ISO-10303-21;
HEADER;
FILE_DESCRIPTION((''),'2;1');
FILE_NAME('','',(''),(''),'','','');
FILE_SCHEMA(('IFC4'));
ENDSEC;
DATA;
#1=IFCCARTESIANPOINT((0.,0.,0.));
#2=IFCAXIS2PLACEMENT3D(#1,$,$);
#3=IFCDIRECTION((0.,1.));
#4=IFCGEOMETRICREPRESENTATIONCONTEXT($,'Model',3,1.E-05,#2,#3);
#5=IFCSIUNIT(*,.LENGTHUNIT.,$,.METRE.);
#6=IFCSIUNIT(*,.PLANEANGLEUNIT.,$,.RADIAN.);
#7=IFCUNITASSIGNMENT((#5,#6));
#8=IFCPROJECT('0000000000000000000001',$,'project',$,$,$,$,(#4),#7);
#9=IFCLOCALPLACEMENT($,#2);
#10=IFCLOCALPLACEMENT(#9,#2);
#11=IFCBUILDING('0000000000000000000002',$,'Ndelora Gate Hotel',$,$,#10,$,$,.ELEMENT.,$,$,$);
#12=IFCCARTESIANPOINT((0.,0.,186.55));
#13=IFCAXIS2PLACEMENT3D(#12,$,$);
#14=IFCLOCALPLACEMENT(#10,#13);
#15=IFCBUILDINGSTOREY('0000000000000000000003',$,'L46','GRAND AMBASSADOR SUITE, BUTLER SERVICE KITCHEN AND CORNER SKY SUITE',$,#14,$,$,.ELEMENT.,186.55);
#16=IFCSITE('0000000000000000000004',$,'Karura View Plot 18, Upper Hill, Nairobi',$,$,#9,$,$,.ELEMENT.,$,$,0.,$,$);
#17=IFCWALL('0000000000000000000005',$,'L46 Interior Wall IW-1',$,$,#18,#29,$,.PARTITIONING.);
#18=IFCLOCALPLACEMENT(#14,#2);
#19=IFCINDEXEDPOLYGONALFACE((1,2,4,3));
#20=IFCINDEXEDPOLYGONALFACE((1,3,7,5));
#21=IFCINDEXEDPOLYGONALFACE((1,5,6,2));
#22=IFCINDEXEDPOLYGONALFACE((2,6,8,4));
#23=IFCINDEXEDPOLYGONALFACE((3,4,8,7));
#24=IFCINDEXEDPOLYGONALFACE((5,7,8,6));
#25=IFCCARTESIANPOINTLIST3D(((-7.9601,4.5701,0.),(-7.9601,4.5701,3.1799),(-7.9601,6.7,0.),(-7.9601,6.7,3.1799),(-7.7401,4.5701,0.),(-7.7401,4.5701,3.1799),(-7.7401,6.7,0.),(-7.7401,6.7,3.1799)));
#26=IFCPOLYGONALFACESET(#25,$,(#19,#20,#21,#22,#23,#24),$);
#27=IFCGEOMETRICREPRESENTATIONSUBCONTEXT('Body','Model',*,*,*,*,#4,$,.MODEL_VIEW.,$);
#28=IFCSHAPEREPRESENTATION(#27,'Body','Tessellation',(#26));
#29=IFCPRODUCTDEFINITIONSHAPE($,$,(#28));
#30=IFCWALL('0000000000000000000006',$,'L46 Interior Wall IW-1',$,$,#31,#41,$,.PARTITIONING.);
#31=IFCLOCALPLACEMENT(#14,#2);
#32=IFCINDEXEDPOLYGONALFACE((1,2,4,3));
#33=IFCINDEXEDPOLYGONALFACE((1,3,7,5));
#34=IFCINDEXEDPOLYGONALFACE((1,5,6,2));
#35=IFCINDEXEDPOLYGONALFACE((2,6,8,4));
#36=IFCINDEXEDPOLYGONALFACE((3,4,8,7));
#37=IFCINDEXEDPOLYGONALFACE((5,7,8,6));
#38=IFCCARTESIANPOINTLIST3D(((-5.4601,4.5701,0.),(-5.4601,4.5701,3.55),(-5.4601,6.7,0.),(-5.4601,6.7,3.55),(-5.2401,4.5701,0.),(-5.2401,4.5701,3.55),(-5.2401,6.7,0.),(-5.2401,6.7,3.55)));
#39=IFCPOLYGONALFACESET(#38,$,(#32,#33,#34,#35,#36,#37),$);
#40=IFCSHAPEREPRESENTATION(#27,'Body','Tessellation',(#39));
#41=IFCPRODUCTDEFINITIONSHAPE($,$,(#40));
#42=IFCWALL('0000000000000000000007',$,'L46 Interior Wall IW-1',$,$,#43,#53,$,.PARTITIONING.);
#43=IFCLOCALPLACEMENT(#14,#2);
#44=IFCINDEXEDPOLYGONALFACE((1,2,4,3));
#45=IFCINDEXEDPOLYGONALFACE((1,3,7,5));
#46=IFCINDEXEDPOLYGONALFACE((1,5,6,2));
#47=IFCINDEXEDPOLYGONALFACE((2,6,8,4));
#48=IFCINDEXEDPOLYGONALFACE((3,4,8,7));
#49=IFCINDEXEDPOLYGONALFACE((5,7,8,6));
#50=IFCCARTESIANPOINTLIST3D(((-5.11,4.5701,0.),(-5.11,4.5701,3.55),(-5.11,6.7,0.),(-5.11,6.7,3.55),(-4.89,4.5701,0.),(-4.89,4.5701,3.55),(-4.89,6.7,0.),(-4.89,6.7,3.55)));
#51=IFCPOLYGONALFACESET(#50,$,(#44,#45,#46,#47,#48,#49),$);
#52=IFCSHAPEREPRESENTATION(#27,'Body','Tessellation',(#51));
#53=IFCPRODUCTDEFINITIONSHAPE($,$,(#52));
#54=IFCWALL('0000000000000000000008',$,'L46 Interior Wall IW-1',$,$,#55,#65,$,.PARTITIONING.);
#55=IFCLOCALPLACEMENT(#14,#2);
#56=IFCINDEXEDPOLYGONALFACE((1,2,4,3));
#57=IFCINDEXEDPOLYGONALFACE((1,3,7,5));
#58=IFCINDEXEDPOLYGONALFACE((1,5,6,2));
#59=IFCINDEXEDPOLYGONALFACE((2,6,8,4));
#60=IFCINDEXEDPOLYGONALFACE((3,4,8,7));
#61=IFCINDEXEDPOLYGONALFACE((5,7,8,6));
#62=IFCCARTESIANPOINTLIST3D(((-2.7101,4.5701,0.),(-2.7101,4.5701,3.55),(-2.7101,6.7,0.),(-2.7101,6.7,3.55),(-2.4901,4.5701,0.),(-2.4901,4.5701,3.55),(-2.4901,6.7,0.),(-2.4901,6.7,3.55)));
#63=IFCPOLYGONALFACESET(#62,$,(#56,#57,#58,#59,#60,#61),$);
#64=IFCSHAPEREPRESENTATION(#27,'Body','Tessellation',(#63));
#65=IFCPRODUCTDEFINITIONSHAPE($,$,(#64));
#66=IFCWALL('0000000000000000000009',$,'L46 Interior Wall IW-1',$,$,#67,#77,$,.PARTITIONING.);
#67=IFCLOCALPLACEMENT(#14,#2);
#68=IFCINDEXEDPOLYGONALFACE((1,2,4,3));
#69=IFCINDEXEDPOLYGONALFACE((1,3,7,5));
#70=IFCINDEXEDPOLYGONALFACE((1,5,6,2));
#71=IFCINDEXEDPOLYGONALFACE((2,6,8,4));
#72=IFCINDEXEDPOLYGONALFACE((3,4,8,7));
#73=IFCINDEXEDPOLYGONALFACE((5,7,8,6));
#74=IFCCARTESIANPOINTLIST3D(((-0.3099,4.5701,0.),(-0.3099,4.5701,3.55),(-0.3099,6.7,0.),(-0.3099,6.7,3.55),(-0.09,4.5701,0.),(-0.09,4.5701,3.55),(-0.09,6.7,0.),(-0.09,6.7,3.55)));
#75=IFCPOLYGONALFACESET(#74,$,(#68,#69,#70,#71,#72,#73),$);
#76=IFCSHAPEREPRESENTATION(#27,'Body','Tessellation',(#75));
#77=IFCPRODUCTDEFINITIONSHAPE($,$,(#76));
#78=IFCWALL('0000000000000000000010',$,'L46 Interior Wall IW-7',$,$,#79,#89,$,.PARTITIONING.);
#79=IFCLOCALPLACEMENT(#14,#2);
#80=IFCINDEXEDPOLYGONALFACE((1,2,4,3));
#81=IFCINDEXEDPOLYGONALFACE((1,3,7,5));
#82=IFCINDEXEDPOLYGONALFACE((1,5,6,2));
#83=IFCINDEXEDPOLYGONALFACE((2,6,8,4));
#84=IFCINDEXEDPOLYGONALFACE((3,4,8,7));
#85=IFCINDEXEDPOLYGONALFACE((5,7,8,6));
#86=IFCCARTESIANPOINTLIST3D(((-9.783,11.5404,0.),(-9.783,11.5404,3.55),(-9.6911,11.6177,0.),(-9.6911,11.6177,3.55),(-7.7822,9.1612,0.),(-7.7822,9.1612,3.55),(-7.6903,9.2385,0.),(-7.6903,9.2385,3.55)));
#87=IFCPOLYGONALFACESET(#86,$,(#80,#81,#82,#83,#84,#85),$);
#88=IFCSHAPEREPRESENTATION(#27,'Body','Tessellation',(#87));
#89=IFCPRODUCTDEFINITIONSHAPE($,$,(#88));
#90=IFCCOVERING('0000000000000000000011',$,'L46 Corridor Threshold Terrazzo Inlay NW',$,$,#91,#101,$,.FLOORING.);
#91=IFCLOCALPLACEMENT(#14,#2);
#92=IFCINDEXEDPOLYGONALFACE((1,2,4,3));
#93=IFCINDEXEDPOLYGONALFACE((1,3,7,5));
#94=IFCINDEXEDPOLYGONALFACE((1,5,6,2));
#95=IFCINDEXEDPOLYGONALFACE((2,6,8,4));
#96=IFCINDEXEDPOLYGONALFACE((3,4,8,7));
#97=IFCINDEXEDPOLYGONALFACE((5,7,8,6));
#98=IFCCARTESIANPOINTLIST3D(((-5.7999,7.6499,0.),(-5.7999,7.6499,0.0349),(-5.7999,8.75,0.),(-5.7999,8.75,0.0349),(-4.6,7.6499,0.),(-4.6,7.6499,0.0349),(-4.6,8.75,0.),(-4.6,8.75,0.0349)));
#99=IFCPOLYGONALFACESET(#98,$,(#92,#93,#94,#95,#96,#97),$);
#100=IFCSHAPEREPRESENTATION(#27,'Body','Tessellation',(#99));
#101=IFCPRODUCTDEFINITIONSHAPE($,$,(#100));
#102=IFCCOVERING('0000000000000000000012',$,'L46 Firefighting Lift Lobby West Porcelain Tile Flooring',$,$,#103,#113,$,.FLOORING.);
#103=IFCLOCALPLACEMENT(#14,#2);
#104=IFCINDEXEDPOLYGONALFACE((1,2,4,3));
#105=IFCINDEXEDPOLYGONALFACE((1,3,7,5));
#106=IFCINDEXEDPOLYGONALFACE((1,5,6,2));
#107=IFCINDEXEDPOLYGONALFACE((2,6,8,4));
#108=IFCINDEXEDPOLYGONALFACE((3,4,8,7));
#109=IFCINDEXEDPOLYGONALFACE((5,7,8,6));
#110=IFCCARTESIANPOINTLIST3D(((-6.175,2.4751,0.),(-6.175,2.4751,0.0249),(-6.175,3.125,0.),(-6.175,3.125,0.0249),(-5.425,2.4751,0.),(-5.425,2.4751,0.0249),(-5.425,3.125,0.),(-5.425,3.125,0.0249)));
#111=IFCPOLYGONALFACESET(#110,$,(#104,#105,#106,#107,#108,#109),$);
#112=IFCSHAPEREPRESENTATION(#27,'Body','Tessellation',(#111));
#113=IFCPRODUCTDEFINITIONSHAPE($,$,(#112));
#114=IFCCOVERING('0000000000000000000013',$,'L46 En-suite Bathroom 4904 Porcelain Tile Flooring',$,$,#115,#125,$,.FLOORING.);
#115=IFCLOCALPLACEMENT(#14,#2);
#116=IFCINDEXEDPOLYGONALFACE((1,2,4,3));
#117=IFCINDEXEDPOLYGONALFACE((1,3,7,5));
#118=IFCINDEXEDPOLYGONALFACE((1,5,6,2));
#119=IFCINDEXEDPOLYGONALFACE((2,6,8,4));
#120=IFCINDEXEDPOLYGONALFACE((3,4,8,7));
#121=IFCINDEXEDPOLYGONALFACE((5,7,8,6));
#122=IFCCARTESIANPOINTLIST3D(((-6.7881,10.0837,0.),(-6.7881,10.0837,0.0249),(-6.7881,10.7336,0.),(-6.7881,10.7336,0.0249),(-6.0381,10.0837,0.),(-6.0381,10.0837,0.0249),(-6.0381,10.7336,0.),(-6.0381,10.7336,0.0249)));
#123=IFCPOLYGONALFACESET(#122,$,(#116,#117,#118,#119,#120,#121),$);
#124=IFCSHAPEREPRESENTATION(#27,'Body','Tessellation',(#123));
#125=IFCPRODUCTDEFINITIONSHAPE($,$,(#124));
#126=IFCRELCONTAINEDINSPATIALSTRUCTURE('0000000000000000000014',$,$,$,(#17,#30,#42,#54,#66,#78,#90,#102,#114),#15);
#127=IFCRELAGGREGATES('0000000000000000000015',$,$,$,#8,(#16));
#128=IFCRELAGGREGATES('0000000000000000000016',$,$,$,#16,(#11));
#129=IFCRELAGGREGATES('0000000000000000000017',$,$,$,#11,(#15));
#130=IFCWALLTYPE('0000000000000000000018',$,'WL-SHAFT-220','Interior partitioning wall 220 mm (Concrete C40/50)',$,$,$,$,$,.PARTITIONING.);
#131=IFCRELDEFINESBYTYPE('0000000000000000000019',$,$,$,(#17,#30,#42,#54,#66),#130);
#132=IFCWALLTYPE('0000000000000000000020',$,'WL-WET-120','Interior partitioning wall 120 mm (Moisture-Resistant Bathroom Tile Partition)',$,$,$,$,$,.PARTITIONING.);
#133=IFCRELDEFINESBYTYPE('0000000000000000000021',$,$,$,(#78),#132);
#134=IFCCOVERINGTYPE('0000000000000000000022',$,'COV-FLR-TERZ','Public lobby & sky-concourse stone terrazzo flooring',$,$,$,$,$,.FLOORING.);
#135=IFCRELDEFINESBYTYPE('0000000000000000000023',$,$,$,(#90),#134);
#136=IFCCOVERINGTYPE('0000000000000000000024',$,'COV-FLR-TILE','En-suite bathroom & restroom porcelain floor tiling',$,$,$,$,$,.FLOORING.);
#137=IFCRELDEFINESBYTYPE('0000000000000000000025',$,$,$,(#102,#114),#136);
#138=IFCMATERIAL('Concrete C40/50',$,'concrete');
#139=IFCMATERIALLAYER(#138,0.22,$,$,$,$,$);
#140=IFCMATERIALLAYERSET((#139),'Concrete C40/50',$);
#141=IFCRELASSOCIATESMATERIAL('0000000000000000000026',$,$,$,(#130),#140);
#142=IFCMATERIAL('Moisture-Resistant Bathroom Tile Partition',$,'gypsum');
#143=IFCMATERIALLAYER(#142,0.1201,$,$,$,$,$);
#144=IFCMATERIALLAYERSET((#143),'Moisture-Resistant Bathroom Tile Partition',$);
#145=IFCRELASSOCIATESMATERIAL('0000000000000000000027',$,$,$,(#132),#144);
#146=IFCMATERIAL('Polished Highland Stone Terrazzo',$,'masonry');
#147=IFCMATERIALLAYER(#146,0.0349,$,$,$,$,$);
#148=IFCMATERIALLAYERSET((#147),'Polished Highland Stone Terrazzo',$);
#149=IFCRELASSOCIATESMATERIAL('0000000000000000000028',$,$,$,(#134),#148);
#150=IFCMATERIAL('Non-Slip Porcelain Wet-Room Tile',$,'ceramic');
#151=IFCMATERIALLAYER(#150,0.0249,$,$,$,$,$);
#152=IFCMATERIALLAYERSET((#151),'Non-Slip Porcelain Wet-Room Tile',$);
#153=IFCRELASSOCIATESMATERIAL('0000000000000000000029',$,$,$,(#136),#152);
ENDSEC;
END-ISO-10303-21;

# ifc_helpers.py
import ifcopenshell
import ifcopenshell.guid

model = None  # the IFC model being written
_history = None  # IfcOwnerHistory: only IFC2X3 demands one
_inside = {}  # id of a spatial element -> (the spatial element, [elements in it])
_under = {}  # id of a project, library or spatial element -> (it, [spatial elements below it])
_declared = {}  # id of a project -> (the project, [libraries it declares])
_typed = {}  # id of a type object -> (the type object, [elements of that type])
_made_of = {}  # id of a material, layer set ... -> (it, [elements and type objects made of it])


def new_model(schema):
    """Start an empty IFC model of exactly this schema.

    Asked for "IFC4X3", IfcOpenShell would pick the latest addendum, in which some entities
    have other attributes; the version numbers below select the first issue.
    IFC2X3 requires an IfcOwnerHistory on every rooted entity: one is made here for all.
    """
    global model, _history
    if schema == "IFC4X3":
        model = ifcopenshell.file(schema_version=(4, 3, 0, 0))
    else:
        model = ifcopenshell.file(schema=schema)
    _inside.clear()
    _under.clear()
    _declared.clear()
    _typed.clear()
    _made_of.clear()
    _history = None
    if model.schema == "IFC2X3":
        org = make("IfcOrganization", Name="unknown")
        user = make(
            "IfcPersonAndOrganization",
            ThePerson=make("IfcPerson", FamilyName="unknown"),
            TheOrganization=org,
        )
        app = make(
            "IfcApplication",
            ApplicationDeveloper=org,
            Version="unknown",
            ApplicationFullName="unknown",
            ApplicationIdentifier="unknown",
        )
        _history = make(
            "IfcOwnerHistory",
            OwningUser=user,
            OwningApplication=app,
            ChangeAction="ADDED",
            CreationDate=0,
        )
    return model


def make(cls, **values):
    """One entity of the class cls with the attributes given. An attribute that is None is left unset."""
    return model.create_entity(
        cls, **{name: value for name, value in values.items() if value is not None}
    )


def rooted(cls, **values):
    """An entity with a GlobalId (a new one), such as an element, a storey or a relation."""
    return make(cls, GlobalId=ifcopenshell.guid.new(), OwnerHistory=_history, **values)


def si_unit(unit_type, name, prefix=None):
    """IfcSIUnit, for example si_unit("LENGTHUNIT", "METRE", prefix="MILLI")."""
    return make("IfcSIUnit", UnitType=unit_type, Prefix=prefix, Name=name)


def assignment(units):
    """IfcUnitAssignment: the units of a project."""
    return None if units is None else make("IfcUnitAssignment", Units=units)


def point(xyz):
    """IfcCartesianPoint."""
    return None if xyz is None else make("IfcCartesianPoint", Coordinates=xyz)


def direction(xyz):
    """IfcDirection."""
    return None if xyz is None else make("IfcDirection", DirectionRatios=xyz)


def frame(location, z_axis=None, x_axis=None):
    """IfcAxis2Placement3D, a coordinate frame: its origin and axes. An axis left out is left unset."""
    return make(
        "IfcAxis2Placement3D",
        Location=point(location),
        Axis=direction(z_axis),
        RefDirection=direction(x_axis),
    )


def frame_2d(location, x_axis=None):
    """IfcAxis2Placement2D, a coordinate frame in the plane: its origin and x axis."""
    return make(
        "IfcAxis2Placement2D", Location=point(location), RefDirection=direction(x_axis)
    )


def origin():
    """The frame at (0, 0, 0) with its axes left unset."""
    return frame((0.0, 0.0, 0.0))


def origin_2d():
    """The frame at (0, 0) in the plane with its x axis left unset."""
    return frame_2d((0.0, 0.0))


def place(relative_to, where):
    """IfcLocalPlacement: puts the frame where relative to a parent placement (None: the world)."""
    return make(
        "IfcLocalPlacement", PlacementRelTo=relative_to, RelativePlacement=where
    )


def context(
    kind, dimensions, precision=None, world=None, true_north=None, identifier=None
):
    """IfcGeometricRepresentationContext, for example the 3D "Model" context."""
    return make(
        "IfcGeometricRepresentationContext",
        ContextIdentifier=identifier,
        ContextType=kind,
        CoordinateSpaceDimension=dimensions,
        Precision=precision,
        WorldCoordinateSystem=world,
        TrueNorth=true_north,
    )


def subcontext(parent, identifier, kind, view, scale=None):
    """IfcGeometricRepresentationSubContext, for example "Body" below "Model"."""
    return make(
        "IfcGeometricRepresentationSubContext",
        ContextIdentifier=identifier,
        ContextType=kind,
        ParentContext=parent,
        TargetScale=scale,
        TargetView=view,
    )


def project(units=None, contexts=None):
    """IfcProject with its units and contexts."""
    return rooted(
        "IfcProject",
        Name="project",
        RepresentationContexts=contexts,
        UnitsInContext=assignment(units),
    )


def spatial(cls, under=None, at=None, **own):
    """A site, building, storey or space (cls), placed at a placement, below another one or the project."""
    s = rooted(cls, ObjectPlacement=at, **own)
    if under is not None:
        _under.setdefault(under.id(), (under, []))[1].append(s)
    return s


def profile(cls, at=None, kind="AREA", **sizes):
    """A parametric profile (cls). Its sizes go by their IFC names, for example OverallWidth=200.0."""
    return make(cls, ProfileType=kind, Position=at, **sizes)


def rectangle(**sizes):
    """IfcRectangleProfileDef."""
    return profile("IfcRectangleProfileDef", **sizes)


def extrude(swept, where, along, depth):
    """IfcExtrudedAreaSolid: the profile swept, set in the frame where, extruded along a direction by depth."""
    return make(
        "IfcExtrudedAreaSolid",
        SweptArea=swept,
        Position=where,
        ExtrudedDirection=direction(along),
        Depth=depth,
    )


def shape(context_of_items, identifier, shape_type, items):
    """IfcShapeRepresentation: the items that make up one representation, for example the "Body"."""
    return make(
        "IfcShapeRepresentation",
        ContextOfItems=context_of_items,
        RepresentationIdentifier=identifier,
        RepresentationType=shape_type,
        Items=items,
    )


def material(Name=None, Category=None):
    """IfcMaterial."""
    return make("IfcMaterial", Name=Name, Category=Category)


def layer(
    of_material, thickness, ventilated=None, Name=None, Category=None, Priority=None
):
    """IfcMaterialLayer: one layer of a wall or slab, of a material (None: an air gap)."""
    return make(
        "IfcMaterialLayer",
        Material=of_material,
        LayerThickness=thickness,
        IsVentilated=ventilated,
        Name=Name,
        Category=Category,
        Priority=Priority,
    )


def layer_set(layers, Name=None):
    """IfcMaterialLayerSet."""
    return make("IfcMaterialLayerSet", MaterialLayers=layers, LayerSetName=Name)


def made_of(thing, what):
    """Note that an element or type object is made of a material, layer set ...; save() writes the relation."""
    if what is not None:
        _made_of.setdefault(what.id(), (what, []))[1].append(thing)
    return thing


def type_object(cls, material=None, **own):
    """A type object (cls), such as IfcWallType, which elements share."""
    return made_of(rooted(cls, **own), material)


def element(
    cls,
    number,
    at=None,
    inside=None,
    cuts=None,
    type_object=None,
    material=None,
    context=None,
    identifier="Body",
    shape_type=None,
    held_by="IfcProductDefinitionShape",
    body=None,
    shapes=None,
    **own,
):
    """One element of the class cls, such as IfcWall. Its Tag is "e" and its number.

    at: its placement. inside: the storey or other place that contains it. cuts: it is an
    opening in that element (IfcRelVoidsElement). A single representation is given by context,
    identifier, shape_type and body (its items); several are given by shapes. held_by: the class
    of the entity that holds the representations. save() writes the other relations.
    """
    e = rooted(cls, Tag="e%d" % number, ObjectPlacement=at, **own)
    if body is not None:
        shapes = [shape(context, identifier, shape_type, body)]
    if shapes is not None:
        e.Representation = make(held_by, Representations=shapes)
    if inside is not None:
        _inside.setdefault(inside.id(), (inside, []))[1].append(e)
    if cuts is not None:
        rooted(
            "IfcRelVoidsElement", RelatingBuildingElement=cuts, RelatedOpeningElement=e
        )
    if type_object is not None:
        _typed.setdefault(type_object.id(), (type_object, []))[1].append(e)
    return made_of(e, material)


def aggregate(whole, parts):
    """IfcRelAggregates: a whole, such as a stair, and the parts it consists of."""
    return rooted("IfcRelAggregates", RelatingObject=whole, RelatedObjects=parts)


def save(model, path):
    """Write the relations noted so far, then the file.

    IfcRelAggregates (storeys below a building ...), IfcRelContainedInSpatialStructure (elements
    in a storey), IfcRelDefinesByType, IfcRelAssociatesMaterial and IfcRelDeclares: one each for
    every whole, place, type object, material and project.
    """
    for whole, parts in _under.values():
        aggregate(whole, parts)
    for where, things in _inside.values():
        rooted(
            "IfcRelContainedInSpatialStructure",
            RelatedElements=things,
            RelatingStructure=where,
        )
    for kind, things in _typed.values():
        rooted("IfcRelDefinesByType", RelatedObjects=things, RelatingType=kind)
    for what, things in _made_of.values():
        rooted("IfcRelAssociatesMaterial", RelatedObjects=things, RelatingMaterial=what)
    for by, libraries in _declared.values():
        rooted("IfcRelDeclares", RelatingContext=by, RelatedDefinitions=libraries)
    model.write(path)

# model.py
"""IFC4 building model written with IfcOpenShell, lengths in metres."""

from ifc_helpers import new_model, si_unit, direction, frame, frame_2d, origin, origin_2d, place, context, subcontext, project, spatial, rectangle, extrude, material, layer, layer_set, type_object, element, save


model = new_model("IFC4")

# Units and contexts
model_context = context("Model", 3, precision=1e-05, world=origin(), true_north=direction((0.0, 1.0)))
body_context = subcontext(model_context, "Body", "Model", "MODEL_VIEW")
ifc_project = project(units=[si_unit("LENGTHUNIT", "METRE"), si_unit("PLANEANGLEUNIT", "RADIAN")], contexts=[model_context])

# Site, building, storey
site_placement = place(None, origin())
site = spatial("IfcSite", under=ifc_project, at=site_placement, Name="Karura View Plot 18, Upper Hill, Nairobi", CompositionType="ELEMENT", RefElevation=0.0)
building_placement = place(site_placement, origin())
building = spatial("IfcBuilding", under=site, at=building_placement, Name="Ndelora Gate Hotel", CompositionType="ELEMENT")
storey_placement = place(building_placement, frame((0.0, 0.0, 186.55)))
storey = spatial("IfcBuildingStorey", under=building, at=storey_placement, Name="L46", Description="GRAND AMBASSADOR SUITE, BUTLER SERVICE KITCHEN AND CORNER SKY SUITE", CompositionType="ELEMENT", Elevation=186.55)

# Shared definitions
ifc_material_1 = material(Name="Concrete C40/50", Category="concrete")

# Shared definitions
ifc_layer_1 = layer(ifc_material_1, 0.22)
ifc_layer_set_1 = layer_set([ifc_layer_1], Name="Concrete C40/50")
wall_type_1 = type_object("IfcWallType", Name="WL-SHAFT-220", Description="Interior partitioning wall 220 mm (Concrete C40/50)", PredefinedType="PARTITIONING", material=ifc_layer_set_1)

# Walls
wall_1_placement = place(storey_placement, frame((-7.8501, 4.5701, 0.0), z_axis=(0.0, 0.0, 1.0), x_axis=(0.0, 1.0, 0.0)))
element("IfcWall", 1, at=wall_1_placement, inside=storey, type_object=wall_type_1, Name="L46 Interior Wall IW-1", PredefinedType="PARTITIONING", context=body_context, shape_type="SweptSolid", body=[
    extrude(rectangle(XDim=2.1299, YDim=0.22, at=frame_2d((1.0649, 0.0))), origin(), (0.0, 0.0, 1.0), 3.1799),
])
wall_2_placement = place(storey_placement, frame((-5.3501, 4.5701, 0.0), z_axis=(0.0, 0.0, 1.0), x_axis=(0.0, 1.0, 0.0)))
element("IfcWall", 2, at=wall_2_placement, inside=storey, type_object=wall_type_1, Name="L46 Interior Wall IW-1", PredefinedType="PARTITIONING", context=body_context, shape_type="SweptSolid", body=[
    extrude(rectangle(XDim=2.1299, YDim=0.22, at=frame_2d((1.0649, 0.0))), origin(), (0.0, 0.0, 1.0), 3.55),
])

# Walls
for number, where, z_axis, x_axis, name in (
    (3, (-5.0, 4.5701, 0.0), (0.0, 0.0, 1.0), (0.0, 1.0, 0.0), "L46 Interior Wall IW-1"),
    (4, (-2.6001, 4.5701, 0.0), (0.0, 0.0, 1.0), (0.0, 1.0, 0.0), "L46 Interior Wall IW-1"),
):
    element("IfcWall", number, at=place(storey_placement, frame(where, z_axis=z_axis, x_axis=x_axis)), inside=storey, type_object=wall_type_1, Name=name, PredefinedType="PARTITIONING", context=body_context, shape_type="SweptSolid", body=[
        extrude(rectangle(XDim=2.1299, YDim=0.22, at=frame_2d((1.0649, 0.0))), origin(), (0.0, 0.0, 1.0), 3.55),
    ])

# Wall
wall_3_placement = place(storey_placement, frame((-0.2, 4.5701, 0.0), z_axis=(0.0, 0.0, 1.0), x_axis=(0.0, 1.0, 0.0)))
element("IfcWall", 5, at=wall_3_placement, inside=storey, type_object=wall_type_1, Name="L46 Interior Wall IW-1", PredefinedType="PARTITIONING", context=body_context, shape_type="SweptSolid", body=[
    extrude(rectangle(XDim=2.1299, YDim=0.22, at=frame_2d((1.0649, 0.0))), origin(), (0.0, 0.0, 1.0), 3.55),
])

# Wall
ifc_material_2 = material(Name="Moisture-Resistant Bathroom Tile Partition", Category="gypsum")
ifc_layer_2 = layer(ifc_material_2, 0.1201)
ifc_layer_set_2 = layer_set([ifc_layer_2], Name="Moisture-Resistant Bathroom Tile Partition")
wall_type_2 = type_object("IfcWallType", Name="WL-WET-120", Description="Interior partitioning wall 120 mm (Moisture-Resistant Bathroom Tile Partition)", PredefinedType="PARTITIONING", material=ifc_layer_set_2)
wall_4_placement = place(storey_placement, frame((-7.7363, 9.2, 0.0), z_axis=(0.0, 0.0, 1.0), x_axis=(-0.643616, 0.765349, 0.0)))
element("IfcWall", 6, at=wall_4_placement, inside=storey, type_object=wall_type_2, Name="L46 Interior Wall IW-7", PredefinedType="PARTITIONING", context=body_context, shape_type="SweptSolid", body=[
    extrude(rectangle(XDim=3.1086, YDim=0.1201, at=frame_2d((1.5542, 0.0))), origin(), (0.0, 0.0, 1.0), 3.55),
])

# Coverings
ifc_material_3 = material(Name="Polished Highland Stone Terrazzo", Category="masonry")
ifc_layer_3 = layer(ifc_material_3, 0.0349)
ifc_layer_set_3 = layer_set([ifc_layer_3], Name="Polished Highland Stone Terrazzo")
covering_type_1 = type_object("IfcCoveringType", Name="COV-FLR-TERZ", Description="Public lobby & sky-concourse stone terrazzo flooring", PredefinedType="FLOORING", material=ifc_layer_set_3)
covering_placement = place(storey_placement, frame((-5.2, 8.2, 0.0), z_axis=(0.0, 0.0, 1.0), x_axis=(1.0, 0.0, 0.0)))
element("IfcCovering", 7, at=covering_placement, inside=storey, type_object=covering_type_1, Name="L46 Corridor Threshold Terrazzo Inlay NW", PredefinedType="FLOORING", context=body_context, shape_type="SweptSolid", body=[
    extrude(rectangle(XDim=1.2, YDim=1.1001, at=origin_2d()), origin(), (0.0, 0.0, 1.0), 0.0349),
])
ifc_material_4 = material(Name="Non-Slip Porcelain Wet-Room Tile", Category="ceramic")
ifc_layer_4 = layer(ifc_material_4, 0.0249)
ifc_layer_set_4 = layer_set([ifc_layer_4], Name="Non-Slip Porcelain Wet-Room Tile")
covering_type_2 = type_object("IfcCoveringType", Name="COV-FLR-TILE", Description="En-suite bathroom & restroom porcelain floor tiling", PredefinedType="FLOORING", material=ifc_layer_set_4)
for number, where, z_axis, x_axis, name in (
    (8, (-5.8, 2.8, 0.0), (0.0, 0.0, 1.0), (1.0, 0.0, 0.0), "L46 Firefighting Lift Lobby West Porcelain Tile Flooring"),
    (9, (-6.4131, 10.4087, 0.0), (0.0, 0.0, 1.0), (1.0, 0.0, 0.0), "L46 En-suite Bathroom 4904 Porcelain Tile Flooring"),
):
    element("IfcCovering", number, at=place(storey_placement, frame(where, z_axis=z_axis, x_axis=x_axis)), inside=storey, type_object=covering_type_2, Name=name, PredefinedType="FLOORING", context=body_context, shape_type="SweptSolid", body=[
        extrude(rectangle(XDim=0.75, YDim=0.6499, at=origin_2d()), origin(), (0.0, 0.0, 1.0), 0.0249),
    ])

save(model, "model.ifc")
